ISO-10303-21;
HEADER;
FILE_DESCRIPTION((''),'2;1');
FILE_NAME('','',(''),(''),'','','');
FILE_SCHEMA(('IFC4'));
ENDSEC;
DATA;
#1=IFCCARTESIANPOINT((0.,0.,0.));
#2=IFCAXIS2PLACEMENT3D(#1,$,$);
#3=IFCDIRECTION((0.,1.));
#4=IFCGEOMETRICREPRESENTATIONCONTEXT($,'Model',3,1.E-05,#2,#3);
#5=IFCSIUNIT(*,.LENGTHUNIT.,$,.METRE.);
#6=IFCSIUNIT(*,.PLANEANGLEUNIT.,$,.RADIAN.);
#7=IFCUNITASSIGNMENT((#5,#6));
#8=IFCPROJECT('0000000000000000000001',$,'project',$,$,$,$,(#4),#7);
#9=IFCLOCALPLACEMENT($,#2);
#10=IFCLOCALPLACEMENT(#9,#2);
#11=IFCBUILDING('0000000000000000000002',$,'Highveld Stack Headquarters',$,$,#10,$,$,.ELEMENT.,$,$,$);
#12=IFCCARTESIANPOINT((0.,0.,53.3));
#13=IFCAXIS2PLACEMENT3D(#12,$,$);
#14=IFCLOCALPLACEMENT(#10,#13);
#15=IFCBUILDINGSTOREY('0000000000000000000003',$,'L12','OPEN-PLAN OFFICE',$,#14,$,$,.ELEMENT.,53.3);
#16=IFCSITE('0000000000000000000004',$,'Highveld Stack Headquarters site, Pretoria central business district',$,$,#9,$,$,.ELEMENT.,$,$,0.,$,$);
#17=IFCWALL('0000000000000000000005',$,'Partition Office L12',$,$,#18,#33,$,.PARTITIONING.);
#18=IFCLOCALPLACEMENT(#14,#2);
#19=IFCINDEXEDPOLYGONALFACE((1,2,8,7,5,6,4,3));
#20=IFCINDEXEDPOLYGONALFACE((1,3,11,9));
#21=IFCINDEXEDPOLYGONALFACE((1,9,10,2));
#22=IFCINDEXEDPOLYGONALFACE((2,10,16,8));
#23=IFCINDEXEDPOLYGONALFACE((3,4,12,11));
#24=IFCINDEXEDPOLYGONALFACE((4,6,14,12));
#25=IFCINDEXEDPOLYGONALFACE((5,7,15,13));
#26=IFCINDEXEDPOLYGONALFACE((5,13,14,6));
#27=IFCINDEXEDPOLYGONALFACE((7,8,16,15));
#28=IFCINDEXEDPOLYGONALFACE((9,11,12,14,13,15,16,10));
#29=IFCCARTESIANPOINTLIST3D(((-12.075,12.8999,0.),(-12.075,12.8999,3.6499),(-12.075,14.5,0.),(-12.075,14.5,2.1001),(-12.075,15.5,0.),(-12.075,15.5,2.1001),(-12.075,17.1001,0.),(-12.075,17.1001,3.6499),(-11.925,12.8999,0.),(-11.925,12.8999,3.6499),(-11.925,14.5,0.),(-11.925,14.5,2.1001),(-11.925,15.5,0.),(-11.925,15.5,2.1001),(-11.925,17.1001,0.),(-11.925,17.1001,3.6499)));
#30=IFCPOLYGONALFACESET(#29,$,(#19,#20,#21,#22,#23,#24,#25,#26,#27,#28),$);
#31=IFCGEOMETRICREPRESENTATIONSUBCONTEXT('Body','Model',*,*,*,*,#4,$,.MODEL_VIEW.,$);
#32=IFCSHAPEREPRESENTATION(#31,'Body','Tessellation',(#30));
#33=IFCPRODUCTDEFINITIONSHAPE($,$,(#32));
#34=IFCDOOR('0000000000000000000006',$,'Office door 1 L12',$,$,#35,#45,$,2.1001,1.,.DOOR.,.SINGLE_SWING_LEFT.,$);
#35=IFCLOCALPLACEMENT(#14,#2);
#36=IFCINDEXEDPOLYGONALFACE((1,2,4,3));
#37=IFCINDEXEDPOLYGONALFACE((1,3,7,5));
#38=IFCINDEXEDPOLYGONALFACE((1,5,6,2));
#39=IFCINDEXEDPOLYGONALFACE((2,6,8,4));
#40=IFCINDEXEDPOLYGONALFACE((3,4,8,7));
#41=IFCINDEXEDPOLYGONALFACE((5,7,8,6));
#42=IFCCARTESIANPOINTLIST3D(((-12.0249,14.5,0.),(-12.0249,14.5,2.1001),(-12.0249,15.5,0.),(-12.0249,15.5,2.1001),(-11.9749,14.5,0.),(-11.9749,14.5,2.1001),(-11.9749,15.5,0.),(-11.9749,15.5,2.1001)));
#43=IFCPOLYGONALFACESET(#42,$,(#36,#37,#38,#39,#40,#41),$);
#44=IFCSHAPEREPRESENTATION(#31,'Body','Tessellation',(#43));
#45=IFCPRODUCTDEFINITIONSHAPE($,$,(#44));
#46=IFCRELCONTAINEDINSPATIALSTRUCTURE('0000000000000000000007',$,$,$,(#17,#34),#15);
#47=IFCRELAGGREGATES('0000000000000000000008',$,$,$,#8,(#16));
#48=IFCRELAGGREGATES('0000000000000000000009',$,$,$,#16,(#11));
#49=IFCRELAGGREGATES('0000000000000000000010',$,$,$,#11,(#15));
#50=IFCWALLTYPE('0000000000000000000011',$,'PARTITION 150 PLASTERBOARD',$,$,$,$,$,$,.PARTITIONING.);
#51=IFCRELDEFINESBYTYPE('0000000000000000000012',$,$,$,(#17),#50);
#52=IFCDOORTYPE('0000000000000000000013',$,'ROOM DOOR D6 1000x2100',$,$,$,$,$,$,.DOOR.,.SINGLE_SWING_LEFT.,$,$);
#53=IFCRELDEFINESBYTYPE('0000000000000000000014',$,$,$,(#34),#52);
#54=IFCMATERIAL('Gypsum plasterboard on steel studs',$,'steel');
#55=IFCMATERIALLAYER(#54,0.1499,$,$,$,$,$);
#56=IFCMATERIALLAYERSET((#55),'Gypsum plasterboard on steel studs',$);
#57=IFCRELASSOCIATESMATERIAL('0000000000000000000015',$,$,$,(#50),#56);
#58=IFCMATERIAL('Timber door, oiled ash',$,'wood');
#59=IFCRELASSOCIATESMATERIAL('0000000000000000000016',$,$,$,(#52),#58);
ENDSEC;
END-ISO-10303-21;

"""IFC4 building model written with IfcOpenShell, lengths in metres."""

from ifc_helpers import new_model, si_unit, direction, frame, frame_2d, origin, place, context, subcontext, project, spatial, rectangle, extrude, material, layer, layer_set, type_object, element, fill, save


model = new_model("IFC4")

# Units and contexts
model_context = context("Model", 3, precision=1e-05, world=origin(), true_north=direction((0.0, 1.0)))
body_context = subcontext(model_context, "Body", "Model", "MODEL_VIEW")
ifc_project = project(units=[si_unit("LENGTHUNIT", "METRE"), si_unit("PLANEANGLEUNIT", "RADIAN")], contexts=[model_context])

# Site, building, storey
site_placement = place(None, origin())
site = spatial("IfcSite", under=ifc_project, at=site_placement, Name="Highveld Stack Headquarters site, Pretoria central business district", CompositionType="ELEMENT", RefElevation=0.0)
building_placement = place(site_placement, origin())
building = spatial("IfcBuilding", under=site, at=building_placement, Name="Highveld Stack Headquarters", CompositionType="ELEMENT")
storey_placement = place(building_placement, frame((0.0, 0.0, 53.3)))
storey = spatial("IfcBuildingStorey", under=building, at=storey_placement, Name="L12", Description="OPEN-PLAN OFFICE", CompositionType="ELEMENT", Elevation=53.3)

# Shared definitions
ifc_material_1 = material(Name="Gypsum plasterboard on steel studs", Category="steel")
ifc_layer_1 = layer(ifc_material_1, 0.1499)
ifc_layer_set_1 = layer_set([ifc_layer_1], Name="Gypsum plasterboard on steel studs")
wall_type = type_object("IfcWallType", Name="PARTITION 150 PLASTERBOARD", PredefinedType="PARTITIONING", material=ifc_layer_set_1)

# Wall, opening, door
wall_1_placement = place(storey_placement, frame((-12.0, 12.8999, 0.0), z_axis=(0.0, 0.0, 1.0), x_axis=(0.0, 1.0, 0.0)))
wall_1 = element("IfcWall", 1, at=wall_1_placement, inside=storey, type_object=wall_type, Name="Partition Office L12", PredefinedType="PARTITIONING", context=body_context, shape_type="SweptSolid", body=[
    extrude(rectangle(XDim=4.2002, YDim=0.1499, at=frame_2d((2.1001, 0.0))), origin(), (0.0, 0.0, 1.0), 3.6499),
])
opening_placement = place(wall_1_placement, frame((1.6001, 0.0, 0.0)))
opening = element("IfcOpeningElement", 2, at=opening_placement, cuts=wall_1, PredefinedType="OPENING", context=body_context, shape_type="SweptSolid", body=[
    extrude(rectangle(XDim=1.0, YDim=2.1001, at=frame_2d((0.5, 1.05))), frame((0.0, 0.085, 0.0), z_axis=(0.0, -1.0, 0.0), x_axis=(1.0, 0.0, 0.0)), (0.0, 0.0, 1.0), 0.1699),
])
ifc_material_2 = material(Name="Timber door, oiled ash", Category="wood")
door_type = type_object("IfcDoorType", Name="ROOM DOOR D6 1000x2100", OperationType="SINGLE_SWING_LEFT", PredefinedType="DOOR", material=ifc_material_2)
door_placement = place(opening_placement, origin())
door = element("IfcDoor", 3, at=door_placement, inside=storey, type_object=door_type, Name="Office door 1 L12", OperationType="SINGLE_SWING_LEFT", OverallHeight=2.1001, OverallWidth=1.0, PredefinedType="DOOR", context=body_context, shape_type="SweptSolid", body=[
    extrude(rectangle(XDim=1.0, YDim=2.1001, at=frame_2d((0.5, 1.05))), frame((0.0, 0.0249, 0.0), z_axis=(0.0, -1.0, 0.0), x_axis=(1.0, 0.0, 0.0)), (0.0, 0.0, 1.0), 0.05),
])
fill(opening, door)

save(model, "model.ifc")
